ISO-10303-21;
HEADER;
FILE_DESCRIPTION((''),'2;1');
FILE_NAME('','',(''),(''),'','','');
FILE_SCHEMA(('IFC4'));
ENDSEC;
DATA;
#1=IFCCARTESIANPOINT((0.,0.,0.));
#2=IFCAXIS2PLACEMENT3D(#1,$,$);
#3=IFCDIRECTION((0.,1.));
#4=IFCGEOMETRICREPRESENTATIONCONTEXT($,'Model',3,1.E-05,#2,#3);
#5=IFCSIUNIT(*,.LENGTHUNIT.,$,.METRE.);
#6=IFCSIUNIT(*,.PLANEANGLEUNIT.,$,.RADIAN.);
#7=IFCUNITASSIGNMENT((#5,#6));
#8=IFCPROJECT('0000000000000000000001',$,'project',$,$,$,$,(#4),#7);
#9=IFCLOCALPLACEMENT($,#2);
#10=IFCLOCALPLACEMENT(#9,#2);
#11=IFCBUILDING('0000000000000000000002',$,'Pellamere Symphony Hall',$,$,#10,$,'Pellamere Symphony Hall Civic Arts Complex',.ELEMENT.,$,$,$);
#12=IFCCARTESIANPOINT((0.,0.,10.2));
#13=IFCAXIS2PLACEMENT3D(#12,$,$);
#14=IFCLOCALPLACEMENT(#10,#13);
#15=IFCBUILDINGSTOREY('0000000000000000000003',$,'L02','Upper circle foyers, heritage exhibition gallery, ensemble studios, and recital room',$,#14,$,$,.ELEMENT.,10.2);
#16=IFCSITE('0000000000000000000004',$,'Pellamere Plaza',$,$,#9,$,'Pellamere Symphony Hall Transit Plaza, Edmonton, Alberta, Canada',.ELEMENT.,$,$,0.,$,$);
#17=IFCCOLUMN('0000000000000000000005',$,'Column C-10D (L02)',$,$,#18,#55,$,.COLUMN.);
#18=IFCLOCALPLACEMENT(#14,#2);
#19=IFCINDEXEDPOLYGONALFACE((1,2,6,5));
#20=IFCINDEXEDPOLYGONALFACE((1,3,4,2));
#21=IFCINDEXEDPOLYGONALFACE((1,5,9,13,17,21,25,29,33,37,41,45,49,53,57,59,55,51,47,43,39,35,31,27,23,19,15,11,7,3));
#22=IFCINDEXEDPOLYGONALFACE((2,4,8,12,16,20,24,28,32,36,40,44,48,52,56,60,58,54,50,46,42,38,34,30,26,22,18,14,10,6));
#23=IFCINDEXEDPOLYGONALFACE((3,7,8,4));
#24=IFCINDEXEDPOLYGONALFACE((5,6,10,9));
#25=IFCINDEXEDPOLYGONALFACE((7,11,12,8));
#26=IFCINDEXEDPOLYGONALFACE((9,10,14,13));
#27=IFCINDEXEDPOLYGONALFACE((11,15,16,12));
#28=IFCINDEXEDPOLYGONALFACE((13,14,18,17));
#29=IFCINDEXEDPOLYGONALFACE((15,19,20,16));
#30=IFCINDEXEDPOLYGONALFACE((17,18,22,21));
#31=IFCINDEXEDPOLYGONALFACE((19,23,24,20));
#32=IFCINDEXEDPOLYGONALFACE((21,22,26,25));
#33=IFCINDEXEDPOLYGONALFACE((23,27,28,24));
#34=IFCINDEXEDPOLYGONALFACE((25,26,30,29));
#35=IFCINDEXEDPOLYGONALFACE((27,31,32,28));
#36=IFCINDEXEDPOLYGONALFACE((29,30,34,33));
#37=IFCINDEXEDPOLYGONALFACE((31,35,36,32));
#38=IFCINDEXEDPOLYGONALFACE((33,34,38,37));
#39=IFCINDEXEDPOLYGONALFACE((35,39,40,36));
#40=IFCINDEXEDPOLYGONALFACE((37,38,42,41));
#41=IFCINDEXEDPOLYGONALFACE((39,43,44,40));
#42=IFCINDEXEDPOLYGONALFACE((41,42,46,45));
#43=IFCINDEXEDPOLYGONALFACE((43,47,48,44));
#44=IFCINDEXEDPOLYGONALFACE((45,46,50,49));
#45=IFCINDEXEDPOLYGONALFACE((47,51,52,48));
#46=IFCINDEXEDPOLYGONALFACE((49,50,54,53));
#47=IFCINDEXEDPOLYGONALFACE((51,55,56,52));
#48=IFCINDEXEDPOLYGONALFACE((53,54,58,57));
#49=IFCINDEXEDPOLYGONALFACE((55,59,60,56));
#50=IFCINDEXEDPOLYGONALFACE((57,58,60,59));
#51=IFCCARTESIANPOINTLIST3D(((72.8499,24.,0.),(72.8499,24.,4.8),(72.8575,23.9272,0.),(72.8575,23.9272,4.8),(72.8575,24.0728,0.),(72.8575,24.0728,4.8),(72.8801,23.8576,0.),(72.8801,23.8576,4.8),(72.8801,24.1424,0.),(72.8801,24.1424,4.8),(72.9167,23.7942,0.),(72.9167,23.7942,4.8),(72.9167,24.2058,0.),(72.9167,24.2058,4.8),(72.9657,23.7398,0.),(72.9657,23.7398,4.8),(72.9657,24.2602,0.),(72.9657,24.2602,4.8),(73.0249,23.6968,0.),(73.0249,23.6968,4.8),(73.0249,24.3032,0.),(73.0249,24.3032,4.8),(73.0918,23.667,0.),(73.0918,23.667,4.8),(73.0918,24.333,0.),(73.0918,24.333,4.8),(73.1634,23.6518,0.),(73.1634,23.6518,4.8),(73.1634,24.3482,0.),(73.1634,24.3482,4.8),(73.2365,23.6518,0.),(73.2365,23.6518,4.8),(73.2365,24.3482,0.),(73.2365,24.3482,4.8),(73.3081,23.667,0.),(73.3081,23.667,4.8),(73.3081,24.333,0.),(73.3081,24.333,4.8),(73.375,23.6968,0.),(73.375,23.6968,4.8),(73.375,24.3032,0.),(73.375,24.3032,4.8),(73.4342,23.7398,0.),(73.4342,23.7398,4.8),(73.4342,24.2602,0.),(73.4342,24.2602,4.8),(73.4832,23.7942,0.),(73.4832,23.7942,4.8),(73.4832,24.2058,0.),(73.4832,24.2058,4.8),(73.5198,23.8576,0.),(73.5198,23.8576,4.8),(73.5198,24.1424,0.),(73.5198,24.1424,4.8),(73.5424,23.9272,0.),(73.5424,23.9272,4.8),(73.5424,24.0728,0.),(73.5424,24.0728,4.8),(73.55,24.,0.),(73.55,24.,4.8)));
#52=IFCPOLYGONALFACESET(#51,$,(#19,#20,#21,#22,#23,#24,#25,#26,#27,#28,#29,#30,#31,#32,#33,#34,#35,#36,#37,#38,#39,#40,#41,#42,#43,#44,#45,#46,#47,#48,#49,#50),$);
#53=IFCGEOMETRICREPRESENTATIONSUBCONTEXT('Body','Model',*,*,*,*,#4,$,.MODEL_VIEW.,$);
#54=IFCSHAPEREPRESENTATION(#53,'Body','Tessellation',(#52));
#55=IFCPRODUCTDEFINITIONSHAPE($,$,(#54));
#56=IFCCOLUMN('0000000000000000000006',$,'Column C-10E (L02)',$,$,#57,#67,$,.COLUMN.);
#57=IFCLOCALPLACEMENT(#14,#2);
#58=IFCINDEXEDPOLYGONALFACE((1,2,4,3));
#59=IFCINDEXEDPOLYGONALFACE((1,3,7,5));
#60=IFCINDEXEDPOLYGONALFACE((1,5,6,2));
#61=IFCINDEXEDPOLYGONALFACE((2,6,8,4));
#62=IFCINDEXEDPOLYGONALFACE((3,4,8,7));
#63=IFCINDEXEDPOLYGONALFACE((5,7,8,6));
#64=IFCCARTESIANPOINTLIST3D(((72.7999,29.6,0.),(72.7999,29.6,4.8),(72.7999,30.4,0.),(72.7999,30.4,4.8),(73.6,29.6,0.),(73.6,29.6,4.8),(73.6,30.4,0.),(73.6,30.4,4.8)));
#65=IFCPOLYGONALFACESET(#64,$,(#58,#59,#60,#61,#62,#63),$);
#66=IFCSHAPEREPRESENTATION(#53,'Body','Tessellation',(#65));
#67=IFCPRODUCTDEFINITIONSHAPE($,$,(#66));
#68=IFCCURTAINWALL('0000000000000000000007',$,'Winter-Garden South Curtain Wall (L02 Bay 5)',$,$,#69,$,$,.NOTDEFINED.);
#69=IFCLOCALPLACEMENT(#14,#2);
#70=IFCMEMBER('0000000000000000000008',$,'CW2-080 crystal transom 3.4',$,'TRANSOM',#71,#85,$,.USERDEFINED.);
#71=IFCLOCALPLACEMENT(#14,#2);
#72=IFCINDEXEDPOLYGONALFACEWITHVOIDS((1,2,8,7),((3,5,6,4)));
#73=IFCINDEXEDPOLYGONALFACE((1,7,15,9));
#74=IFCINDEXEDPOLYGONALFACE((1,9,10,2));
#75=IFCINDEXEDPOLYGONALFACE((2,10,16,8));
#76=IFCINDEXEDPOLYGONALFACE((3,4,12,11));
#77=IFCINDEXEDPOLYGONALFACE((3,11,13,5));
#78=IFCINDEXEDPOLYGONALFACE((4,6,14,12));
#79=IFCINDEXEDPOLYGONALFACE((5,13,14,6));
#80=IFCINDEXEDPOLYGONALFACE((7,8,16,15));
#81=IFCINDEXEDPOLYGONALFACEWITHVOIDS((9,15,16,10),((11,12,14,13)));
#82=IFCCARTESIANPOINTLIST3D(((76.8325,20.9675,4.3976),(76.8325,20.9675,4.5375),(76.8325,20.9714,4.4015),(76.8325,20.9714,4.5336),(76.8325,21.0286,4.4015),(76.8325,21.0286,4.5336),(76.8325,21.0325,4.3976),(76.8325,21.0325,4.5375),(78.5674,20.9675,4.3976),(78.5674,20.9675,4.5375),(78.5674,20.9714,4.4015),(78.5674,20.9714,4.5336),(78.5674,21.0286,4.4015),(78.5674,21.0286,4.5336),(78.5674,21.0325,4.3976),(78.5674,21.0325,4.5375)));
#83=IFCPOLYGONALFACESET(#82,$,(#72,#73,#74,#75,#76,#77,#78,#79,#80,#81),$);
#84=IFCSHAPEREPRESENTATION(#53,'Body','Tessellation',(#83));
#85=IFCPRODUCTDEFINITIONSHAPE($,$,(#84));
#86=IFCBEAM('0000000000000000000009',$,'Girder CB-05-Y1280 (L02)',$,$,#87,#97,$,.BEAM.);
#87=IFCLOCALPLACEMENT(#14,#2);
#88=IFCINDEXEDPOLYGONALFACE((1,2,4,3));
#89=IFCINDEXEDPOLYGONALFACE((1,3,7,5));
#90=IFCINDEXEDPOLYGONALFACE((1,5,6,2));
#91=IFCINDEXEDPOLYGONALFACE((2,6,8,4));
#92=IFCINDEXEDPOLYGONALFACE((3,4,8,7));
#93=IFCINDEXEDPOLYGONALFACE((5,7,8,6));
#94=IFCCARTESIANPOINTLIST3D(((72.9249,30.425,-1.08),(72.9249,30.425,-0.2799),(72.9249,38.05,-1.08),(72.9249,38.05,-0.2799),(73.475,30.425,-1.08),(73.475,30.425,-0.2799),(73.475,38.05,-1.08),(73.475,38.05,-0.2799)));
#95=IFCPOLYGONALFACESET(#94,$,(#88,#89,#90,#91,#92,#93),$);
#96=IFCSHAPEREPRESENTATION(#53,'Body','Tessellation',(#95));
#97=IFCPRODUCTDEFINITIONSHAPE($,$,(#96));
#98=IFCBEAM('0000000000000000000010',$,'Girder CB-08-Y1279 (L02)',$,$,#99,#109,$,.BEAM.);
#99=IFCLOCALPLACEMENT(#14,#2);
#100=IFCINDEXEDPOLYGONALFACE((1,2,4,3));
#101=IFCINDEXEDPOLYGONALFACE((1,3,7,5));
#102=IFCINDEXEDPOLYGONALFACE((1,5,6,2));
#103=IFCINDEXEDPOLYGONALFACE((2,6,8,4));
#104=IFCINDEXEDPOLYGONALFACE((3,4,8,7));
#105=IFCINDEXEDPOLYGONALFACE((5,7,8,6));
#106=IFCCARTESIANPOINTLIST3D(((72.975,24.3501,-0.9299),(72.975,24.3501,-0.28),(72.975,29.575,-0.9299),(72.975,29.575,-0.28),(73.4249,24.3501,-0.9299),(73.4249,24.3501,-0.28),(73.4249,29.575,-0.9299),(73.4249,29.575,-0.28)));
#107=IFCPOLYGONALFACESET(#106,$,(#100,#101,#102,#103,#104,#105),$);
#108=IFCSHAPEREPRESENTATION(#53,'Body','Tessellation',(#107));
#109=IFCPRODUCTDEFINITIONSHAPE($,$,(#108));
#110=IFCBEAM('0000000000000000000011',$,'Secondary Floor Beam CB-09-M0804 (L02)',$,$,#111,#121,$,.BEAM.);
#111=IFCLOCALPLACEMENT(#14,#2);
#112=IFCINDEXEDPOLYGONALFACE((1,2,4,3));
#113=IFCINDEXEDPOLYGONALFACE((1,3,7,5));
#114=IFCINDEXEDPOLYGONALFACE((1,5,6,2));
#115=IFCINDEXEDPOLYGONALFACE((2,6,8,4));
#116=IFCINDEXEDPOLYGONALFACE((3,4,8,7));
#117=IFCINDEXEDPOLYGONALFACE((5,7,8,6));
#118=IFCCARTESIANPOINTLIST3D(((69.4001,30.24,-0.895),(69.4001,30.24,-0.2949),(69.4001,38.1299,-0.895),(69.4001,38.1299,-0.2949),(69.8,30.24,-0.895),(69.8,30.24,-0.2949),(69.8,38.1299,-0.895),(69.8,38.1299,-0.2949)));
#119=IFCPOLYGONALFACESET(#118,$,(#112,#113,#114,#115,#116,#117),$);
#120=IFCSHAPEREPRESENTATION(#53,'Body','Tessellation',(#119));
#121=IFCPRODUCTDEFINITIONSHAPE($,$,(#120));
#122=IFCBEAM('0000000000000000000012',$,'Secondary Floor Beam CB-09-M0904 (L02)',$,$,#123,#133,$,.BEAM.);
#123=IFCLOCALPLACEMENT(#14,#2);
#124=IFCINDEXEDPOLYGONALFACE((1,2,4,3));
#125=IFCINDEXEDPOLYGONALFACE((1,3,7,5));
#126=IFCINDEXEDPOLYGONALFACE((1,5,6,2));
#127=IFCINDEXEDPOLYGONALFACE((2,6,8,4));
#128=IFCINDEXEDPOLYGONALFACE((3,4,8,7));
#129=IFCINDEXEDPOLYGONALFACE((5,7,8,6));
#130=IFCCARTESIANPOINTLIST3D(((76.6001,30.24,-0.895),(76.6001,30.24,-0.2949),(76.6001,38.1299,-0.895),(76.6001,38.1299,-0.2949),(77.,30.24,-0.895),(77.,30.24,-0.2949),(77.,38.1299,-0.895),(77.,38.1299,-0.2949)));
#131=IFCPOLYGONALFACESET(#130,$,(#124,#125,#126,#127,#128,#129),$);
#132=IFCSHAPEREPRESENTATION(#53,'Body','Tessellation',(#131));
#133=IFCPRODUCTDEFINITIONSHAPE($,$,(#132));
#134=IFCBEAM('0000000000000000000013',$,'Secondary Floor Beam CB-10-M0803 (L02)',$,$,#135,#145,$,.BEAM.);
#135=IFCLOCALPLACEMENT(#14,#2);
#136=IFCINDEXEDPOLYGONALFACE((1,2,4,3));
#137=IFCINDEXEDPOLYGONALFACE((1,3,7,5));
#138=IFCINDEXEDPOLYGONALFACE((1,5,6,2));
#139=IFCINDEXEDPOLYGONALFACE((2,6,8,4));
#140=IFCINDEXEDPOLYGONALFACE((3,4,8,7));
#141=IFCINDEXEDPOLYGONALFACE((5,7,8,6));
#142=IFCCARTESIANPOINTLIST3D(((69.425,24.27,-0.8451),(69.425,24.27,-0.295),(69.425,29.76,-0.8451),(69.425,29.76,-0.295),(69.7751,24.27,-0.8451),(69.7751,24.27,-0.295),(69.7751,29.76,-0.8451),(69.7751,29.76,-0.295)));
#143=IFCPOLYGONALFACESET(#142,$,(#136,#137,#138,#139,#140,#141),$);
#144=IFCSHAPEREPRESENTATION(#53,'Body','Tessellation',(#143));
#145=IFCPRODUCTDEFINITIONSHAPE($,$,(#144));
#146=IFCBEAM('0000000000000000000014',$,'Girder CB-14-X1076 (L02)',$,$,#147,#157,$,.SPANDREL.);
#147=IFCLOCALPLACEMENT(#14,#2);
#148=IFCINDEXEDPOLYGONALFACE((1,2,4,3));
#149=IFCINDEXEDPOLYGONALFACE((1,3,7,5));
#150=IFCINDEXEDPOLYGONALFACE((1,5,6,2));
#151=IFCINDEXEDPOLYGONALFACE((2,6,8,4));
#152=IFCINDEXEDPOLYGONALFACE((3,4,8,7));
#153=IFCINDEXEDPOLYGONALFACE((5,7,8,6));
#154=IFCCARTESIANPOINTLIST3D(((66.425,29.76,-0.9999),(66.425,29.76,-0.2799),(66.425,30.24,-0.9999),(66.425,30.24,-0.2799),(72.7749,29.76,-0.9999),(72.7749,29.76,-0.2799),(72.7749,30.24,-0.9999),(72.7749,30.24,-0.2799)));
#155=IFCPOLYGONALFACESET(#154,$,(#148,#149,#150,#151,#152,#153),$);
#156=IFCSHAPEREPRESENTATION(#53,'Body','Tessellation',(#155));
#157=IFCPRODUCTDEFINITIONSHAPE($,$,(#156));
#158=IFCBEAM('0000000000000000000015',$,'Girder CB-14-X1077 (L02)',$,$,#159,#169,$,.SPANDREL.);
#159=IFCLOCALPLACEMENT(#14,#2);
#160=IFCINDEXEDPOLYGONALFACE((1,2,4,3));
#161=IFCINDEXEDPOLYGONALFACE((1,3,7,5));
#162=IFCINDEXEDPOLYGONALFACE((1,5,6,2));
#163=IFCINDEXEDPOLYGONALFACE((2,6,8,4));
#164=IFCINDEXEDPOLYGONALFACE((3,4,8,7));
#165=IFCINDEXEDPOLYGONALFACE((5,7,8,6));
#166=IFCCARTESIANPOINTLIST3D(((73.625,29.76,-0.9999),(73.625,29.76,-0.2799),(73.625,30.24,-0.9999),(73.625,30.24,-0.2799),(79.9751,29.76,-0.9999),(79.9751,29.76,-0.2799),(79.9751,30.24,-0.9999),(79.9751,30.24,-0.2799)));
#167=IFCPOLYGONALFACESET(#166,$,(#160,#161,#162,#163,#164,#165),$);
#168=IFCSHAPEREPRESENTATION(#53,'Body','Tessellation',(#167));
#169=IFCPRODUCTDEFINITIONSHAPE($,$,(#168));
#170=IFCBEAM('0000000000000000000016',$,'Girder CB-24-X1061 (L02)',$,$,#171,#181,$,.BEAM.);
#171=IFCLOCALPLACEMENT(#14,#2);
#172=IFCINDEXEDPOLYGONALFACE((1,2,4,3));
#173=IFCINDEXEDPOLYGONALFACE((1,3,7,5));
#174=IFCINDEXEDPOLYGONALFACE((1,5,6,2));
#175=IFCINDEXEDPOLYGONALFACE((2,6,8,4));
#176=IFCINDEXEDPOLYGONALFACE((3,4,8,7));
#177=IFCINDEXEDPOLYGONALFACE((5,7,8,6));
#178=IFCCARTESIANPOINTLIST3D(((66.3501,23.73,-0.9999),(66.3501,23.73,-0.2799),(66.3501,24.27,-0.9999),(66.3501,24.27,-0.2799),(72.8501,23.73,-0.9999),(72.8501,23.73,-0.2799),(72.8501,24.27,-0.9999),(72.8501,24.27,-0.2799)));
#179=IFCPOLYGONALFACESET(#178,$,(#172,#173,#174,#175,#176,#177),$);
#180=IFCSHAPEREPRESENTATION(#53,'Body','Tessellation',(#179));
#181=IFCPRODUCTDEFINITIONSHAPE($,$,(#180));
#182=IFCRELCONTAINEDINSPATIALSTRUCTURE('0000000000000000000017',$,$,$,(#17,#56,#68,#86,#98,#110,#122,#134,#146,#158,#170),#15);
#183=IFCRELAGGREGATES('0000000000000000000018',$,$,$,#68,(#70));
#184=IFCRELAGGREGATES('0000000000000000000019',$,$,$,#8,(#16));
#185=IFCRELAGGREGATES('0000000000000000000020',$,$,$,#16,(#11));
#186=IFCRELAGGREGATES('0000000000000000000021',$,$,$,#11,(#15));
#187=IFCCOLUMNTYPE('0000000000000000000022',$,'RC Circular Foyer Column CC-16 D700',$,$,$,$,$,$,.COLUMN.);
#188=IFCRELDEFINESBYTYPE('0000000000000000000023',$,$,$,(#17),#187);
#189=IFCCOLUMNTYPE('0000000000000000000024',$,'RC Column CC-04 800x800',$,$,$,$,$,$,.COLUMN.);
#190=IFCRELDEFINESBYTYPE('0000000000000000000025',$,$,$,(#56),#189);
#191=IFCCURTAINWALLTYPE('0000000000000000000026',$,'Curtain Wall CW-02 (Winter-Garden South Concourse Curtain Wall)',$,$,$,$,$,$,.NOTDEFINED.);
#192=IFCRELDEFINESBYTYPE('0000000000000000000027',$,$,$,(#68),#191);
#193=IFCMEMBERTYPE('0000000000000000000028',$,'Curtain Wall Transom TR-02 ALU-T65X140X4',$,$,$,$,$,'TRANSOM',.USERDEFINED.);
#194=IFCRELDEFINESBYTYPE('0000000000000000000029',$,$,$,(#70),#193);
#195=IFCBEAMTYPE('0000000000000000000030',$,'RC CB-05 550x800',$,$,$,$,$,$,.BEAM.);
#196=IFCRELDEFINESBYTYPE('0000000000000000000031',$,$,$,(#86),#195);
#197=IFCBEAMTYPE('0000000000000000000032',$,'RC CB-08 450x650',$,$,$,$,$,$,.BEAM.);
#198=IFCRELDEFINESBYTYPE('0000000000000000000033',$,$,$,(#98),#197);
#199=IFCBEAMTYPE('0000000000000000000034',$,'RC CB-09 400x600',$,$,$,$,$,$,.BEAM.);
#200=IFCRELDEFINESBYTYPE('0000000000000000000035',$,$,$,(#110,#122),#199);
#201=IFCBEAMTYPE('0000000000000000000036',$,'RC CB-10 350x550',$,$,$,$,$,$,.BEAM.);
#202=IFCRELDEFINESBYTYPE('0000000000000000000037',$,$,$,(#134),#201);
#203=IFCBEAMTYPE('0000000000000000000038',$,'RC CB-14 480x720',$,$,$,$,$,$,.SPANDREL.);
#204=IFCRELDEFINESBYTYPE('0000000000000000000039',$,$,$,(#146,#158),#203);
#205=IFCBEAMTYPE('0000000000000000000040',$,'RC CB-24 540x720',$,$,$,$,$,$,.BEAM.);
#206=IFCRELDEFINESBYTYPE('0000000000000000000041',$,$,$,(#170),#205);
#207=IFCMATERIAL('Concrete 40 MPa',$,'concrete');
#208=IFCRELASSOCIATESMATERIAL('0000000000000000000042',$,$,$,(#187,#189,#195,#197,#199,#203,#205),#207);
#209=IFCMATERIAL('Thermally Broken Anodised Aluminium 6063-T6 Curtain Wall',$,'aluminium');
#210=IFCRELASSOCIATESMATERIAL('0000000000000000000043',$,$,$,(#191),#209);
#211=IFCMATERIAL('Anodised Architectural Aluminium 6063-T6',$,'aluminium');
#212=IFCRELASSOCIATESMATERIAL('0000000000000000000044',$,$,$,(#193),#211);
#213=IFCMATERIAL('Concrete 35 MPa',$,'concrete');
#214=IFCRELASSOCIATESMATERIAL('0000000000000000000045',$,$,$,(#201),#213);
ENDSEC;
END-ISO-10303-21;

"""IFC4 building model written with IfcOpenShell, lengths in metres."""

from ifc_helpers import new_model, si_unit, direction, frame, origin, origin_2d, place, context, subcontext, project, spatial, rectangle, hollow_rectangle, circle, extrude, material, material_profile, profile_set, type_object, element, aggregate, save


model = new_model("IFC4")

# Units and contexts
model_context = context("Model", 3, precision=1e-05, world=origin(), true_north=direction((0.0, 1.0)))
body_context = subcontext(model_context, "Body", "Model", "MODEL_VIEW")
ifc_project = project(units=[si_unit("LENGTHUNIT", "METRE"), si_unit("PLANEANGLEUNIT", "RADIAN")], contexts=[model_context])

# Site, building, storey
site_placement = place(None, origin())
site = spatial("IfcSite", under=ifc_project, at=site_placement, Name="Pellamere Plaza", LongName="Pellamere Symphony Hall Transit Plaza, Edmonton, Alberta, Canada", CompositionType="ELEMENT", RefElevation=0.0)
building_placement = place(site_placement, origin())
building = spatial("IfcBuilding", under=site, at=building_placement, Name="Pellamere Symphony Hall", LongName="Pellamere Symphony Hall Civic Arts Complex", CompositionType="ELEMENT")
storey_placement = place(building_placement, frame((0.0, 0.0, 10.2)))
storey = spatial("IfcBuildingStorey", under=building, at=storey_placement, Name="L02", Description="Upper circle foyers, heritage exhibition gallery, ensemble studios, and recital room", CompositionType="ELEMENT", Elevation=10.2)

# Columns
ifc_material_1 = material(Name="Concrete 40 MPa", Category="concrete")
ifc_material_profile_1 = material_profile(ifc_material_1, circle(Radius=0.3501, at=origin_2d()), Name="RCCOL D700")
ifc_profile_set_1 = profile_set([ifc_material_profile_1], Name="Concrete 40 MPa")
column_type_1 = type_object("IfcColumnType", Name="RC Circular Foyer Column CC-16 D700", PredefinedType="COLUMN", material=ifc_profile_set_1)
column_1_placement = place(storey_placement, frame((73.2, 24.0, 0.0), z_axis=(0.0, 0.0, 1.0), x_axis=(1.0, 0.0, 0.0)))
element("IfcColumn", 1, at=column_1_placement, inside=storey, type_object=column_type_1, Name="Column C-10D (L02)", PredefinedType="COLUMN", context=body_context, shape_type="SweptSolid", body=[
    extrude(circle(Radius=0.3501, at=origin_2d()), origin(), (0.0, 0.0, 1.0), 4.8),
])
ifc_material_profile_2 = material_profile(ifc_material_1, rectangle(XDim=0.8, YDim=0.8, at=origin_2d()), Name="RC 800x800")
ifc_profile_set_2 = profile_set([ifc_material_profile_2], Name="Concrete 40 MPa")
column_type_2 = type_object("IfcColumnType", Name="RC Column CC-04 800x800", PredefinedType="COLUMN", material=ifc_profile_set_2)
column_2_placement = place(storey_placement, frame((73.2, 30.0, 0.0), z_axis=(0.0, 0.0, 1.0), x_axis=(1.0, 0.0, 0.0)))
element("IfcColumn", 2, at=column_2_placement, inside=storey, type_object=column_type_2, Name="Column C-10E (L02)", PredefinedType="COLUMN", context=body_context, shape_type="SweptSolid", body=[
    extrude(rectangle(XDim=0.8, YDim=0.8, at=origin_2d()), origin(), (0.0, 0.0, 1.0), 4.8),
])

# Curtain wall, member
ifc_material_2 = material(Name="Thermally Broken Anodised Aluminium 6063-T6 Curtain Wall", Category="aluminium")
curtain_wall_type = type_object("IfcCurtainWallType", Name="Curtain Wall CW-02 (Winter-Garden South Concourse Curtain Wall)", PredefinedType="NOTDEFINED", material=ifc_material_2)
curtain_wall_placement = place(storey_placement, origin())
curtain_wall = element("IfcCurtainWall", 3, at=curtain_wall_placement, inside=storey, type_object=curtain_wall_type, Name="Winter-Garden South Curtain Wall (L02 Bay 5)", PredefinedType="NOTDEFINED")
ifc_material_3 = material(Name="Anodised Architectural Aluminium 6063-T6", Category="aluminium")
ifc_material_profile_3 = material_profile(ifc_material_3, hollow_rectangle(XDim=0.0649, YDim=0.1399, WallThickness=0.0039, at=origin_2d()), Name="ALU-T65X140X4")
ifc_profile_set_3 = profile_set([ifc_material_profile_3], Name="Anodised Architectural Aluminium 6063-T6")
member_type = type_object("IfcMemberType", Name="Curtain Wall Transom TR-02 ALU-T65X140X4", ElementType="TRANSOM", PredefinedType="USERDEFINED", material=ifc_profile_set_3)
member_placement = place(storey_placement, frame((76.8325, 21.0, 4.4675), z_axis=(1.0, 0.0, 0.0), x_axis=(0.0, 1.0, 0.0)))
member = element("IfcMember", 4, at=member_placement, type_object=member_type, Name="CW2-080 crystal transom 3.4", ObjectType="TRANSOM", PredefinedType="USERDEFINED", context=body_context, shape_type="SweptSolid", body=[
    extrude(hollow_rectangle(XDim=0.0649, YDim=0.1399, WallThickness=0.0039, at=origin_2d()), origin(), (0.0, 0.0, 1.0), 1.7349),
])

# Beams
ifc_material_profile_4 = material_profile(ifc_material_1, rectangle(XDim=0.55, YDim=0.8, at=origin_2d()), Name="RC 550x800")
ifc_profile_set_4 = profile_set([ifc_material_profile_4], Name="Concrete 40 MPa")
beam_type_1 = type_object("IfcBeamType", Name="RC CB-05 550x800", PredefinedType="BEAM", material=ifc_profile_set_4)
beam_1_placement = place(storey_placement, frame((73.2, 30.425, -0.6799), z_axis=(0.0, 1.0, 0.0), x_axis=(-1.0, 0.0, 0.0)))
element("IfcBeam", 5, at=beam_1_placement, inside=storey, type_object=beam_type_1, Name="Girder CB-05-Y1280 (L02)", PredefinedType="BEAM", context=body_context, shape_type="SweptSolid", body=[
    extrude(rectangle(XDim=0.55, YDim=0.8, at=origin_2d()), origin(), (0.0, 0.0, 1.0), 7.625),
])
ifc_material_profile_5 = material_profile(ifc_material_1, rectangle(XDim=0.45, YDim=0.6499, at=origin_2d()), Name="RC 450x650")
ifc_profile_set_5 = profile_set([ifc_material_profile_5], Name="Concrete 40 MPa")
beam_type_2 = type_object("IfcBeamType", Name="RC CB-08 450x650", PredefinedType="BEAM", material=ifc_profile_set_5)
beam_2_placement = place(storey_placement, frame((73.2, 24.3501, -0.605), z_axis=(0.0, 1.0, 0.0), x_axis=(-1.0, 0.0, 0.0)))
element("IfcBeam", 6, at=beam_2_placement, inside=storey, type_object=beam_type_2, Name="Girder CB-08-Y1279 (L02)", PredefinedType="BEAM", context=body_context, shape_type="SweptSolid", body=[
    extrude(rectangle(XDim=0.45, YDim=0.6499, at=origin_2d()), origin(), (0.0, 0.0, 1.0), 5.2249),
])
ifc_material_profile_6 = material_profile(ifc_material_1, rectangle(XDim=0.3999, YDim=0.6001, at=origin_2d()), Name="RC 400x600")
ifc_profile_set_6 = profile_set([ifc_material_profile_6], Name="Concrete 40 MPa")
beam_type_3 = type_object("IfcBeamType", Name="RC CB-09 400x600", PredefinedType="BEAM", material=ifc_profile_set_6)
for number, where, z_axis, x_axis, name in (
    (7, (69.6001, 30.24, -0.595), (0.0, 1.0, 0.0), (-1.0, 0.0, 0.0), "Secondary Floor Beam CB-09-M0804 (L02)"),
    (8, (76.8, 30.24, -0.595), (0.0, 1.0, 0.0), (-1.0, 0.0, 0.0), "Secondary Floor Beam CB-09-M0904 (L02)"),
):
    element("IfcBeam", number, at=place(storey_placement, frame(where, z_axis=z_axis, x_axis=x_axis)), inside=storey, type_object=beam_type_3, Name=name, PredefinedType="BEAM", context=body_context, shape_type="SweptSolid", body=[
        extrude(rectangle(XDim=0.3999, YDim=0.6001, at=origin_2d()), origin(), (0.0, 0.0, 1.0), 7.8899),
    ])
ifc_material_4 = material(Name="Concrete 35 MPa", Category="concrete")
ifc_material_profile_7 = material_profile(ifc_material_4, rectangle(XDim=0.3501, YDim=0.55, at=origin_2d()), Name="RC 350x550")
ifc_profile_set_7 = profile_set([ifc_material_profile_7], Name="Concrete 35 MPa")
beam_type_4 = type_object("IfcBeamType", Name="RC CB-10 350x550", PredefinedType="BEAM", material=ifc_profile_set_7)
beam_3_placement = place(storey_placement, frame((69.6001, 24.27, -0.5701), z_axis=(0.0, 1.0, 0.0), x_axis=(-1.0, 0.0, 0.0)))
element("IfcBeam", 9, at=beam_3_placement, inside=storey, type_object=beam_type_4, Name="Secondary Floor Beam CB-10-M0803 (L02)", PredefinedType="BEAM", context=body_context, shape_type="SweptSolid", body=[
    extrude(rectangle(XDim=0.3501, YDim=0.55, at=origin_2d()), origin(), (0.0, 0.0, 1.0), 5.49),
])
ifc_material_profile_8 = material_profile(ifc_material_1, rectangle(XDim=0.48, YDim=0.72, at=origin_2d()), Name="RC 480x720")
ifc_profile_set_8 = profile_set([ifc_material_profile_8], Name="Concrete 40 MPa")
beam_type_5 = type_object("IfcBeamType", Name="RC CB-14 480x720", PredefinedType="SPANDREL", material=ifc_profile_set_8)
beam_4_placement = place(storey_placement, frame((66.425, 30.0, -0.6399), z_axis=(1.0, 0.0, 0.0), x_axis=(0.0, 1.0, 0.0)))
element("IfcBeam", 10, at=beam_4_placement, inside=storey, type_object=beam_type_5, Name="Girder CB-14-X1076 (L02)", PredefinedType="SPANDREL", context=body_context, shape_type="SweptSolid", body=[
    extrude(rectangle(XDim=0.48, YDim=0.72, at=origin_2d()), origin(), (0.0, 0.0, 1.0), 6.3499),
])
beam_5_placement = place(storey_placement, frame((73.625, 30.0, -0.6399), z_axis=(1.0, 0.0, 0.0), x_axis=(0.0, 1.0, 0.0)))
element("IfcBeam", 11, at=beam_5_placement, inside=storey, type_object=beam_type_5, Name="Girder CB-14-X1077 (L02)", PredefinedType="SPANDREL", context=body_context, shape_type="SweptSolid", body=[
    extrude(rectangle(XDim=0.48, YDim=0.72, at=origin_2d()), origin(), (0.0, 0.0, 1.0), 6.3501),
])
ifc_material_profile_9 = material_profile(ifc_material_1, rectangle(XDim=0.54, YDim=0.72, at=origin_2d()), Name="RC 540x720")
ifc_profile_set_9 = profile_set([ifc_material_profile_9], Name="Concrete 40 MPa")
beam_type_6 = type_object("IfcBeamType", Name="RC CB-24 540x720", PredefinedType="BEAM", material=ifc_profile_set_9)
beam_6_placement = place(storey_placement, frame((66.3501, 24.0, -0.6399), z_axis=(1.0, 0.0, 0.0), x_axis=(0.0, 1.0, 0.0)))
element("IfcBeam", 12, at=beam_6_placement, inside=storey, type_object=beam_type_6, Name="Girder CB-24-X1061 (L02)", PredefinedType="BEAM", context=body_context, shape_type="SweptSolid", body=[
    extrude(rectangle(XDim=0.54, YDim=0.72, at=origin_2d()), origin(), (0.0, 0.0, 1.0), 6.5),
])

aggregate(curtain_wall, [member])

save(model, "model.ifc")
